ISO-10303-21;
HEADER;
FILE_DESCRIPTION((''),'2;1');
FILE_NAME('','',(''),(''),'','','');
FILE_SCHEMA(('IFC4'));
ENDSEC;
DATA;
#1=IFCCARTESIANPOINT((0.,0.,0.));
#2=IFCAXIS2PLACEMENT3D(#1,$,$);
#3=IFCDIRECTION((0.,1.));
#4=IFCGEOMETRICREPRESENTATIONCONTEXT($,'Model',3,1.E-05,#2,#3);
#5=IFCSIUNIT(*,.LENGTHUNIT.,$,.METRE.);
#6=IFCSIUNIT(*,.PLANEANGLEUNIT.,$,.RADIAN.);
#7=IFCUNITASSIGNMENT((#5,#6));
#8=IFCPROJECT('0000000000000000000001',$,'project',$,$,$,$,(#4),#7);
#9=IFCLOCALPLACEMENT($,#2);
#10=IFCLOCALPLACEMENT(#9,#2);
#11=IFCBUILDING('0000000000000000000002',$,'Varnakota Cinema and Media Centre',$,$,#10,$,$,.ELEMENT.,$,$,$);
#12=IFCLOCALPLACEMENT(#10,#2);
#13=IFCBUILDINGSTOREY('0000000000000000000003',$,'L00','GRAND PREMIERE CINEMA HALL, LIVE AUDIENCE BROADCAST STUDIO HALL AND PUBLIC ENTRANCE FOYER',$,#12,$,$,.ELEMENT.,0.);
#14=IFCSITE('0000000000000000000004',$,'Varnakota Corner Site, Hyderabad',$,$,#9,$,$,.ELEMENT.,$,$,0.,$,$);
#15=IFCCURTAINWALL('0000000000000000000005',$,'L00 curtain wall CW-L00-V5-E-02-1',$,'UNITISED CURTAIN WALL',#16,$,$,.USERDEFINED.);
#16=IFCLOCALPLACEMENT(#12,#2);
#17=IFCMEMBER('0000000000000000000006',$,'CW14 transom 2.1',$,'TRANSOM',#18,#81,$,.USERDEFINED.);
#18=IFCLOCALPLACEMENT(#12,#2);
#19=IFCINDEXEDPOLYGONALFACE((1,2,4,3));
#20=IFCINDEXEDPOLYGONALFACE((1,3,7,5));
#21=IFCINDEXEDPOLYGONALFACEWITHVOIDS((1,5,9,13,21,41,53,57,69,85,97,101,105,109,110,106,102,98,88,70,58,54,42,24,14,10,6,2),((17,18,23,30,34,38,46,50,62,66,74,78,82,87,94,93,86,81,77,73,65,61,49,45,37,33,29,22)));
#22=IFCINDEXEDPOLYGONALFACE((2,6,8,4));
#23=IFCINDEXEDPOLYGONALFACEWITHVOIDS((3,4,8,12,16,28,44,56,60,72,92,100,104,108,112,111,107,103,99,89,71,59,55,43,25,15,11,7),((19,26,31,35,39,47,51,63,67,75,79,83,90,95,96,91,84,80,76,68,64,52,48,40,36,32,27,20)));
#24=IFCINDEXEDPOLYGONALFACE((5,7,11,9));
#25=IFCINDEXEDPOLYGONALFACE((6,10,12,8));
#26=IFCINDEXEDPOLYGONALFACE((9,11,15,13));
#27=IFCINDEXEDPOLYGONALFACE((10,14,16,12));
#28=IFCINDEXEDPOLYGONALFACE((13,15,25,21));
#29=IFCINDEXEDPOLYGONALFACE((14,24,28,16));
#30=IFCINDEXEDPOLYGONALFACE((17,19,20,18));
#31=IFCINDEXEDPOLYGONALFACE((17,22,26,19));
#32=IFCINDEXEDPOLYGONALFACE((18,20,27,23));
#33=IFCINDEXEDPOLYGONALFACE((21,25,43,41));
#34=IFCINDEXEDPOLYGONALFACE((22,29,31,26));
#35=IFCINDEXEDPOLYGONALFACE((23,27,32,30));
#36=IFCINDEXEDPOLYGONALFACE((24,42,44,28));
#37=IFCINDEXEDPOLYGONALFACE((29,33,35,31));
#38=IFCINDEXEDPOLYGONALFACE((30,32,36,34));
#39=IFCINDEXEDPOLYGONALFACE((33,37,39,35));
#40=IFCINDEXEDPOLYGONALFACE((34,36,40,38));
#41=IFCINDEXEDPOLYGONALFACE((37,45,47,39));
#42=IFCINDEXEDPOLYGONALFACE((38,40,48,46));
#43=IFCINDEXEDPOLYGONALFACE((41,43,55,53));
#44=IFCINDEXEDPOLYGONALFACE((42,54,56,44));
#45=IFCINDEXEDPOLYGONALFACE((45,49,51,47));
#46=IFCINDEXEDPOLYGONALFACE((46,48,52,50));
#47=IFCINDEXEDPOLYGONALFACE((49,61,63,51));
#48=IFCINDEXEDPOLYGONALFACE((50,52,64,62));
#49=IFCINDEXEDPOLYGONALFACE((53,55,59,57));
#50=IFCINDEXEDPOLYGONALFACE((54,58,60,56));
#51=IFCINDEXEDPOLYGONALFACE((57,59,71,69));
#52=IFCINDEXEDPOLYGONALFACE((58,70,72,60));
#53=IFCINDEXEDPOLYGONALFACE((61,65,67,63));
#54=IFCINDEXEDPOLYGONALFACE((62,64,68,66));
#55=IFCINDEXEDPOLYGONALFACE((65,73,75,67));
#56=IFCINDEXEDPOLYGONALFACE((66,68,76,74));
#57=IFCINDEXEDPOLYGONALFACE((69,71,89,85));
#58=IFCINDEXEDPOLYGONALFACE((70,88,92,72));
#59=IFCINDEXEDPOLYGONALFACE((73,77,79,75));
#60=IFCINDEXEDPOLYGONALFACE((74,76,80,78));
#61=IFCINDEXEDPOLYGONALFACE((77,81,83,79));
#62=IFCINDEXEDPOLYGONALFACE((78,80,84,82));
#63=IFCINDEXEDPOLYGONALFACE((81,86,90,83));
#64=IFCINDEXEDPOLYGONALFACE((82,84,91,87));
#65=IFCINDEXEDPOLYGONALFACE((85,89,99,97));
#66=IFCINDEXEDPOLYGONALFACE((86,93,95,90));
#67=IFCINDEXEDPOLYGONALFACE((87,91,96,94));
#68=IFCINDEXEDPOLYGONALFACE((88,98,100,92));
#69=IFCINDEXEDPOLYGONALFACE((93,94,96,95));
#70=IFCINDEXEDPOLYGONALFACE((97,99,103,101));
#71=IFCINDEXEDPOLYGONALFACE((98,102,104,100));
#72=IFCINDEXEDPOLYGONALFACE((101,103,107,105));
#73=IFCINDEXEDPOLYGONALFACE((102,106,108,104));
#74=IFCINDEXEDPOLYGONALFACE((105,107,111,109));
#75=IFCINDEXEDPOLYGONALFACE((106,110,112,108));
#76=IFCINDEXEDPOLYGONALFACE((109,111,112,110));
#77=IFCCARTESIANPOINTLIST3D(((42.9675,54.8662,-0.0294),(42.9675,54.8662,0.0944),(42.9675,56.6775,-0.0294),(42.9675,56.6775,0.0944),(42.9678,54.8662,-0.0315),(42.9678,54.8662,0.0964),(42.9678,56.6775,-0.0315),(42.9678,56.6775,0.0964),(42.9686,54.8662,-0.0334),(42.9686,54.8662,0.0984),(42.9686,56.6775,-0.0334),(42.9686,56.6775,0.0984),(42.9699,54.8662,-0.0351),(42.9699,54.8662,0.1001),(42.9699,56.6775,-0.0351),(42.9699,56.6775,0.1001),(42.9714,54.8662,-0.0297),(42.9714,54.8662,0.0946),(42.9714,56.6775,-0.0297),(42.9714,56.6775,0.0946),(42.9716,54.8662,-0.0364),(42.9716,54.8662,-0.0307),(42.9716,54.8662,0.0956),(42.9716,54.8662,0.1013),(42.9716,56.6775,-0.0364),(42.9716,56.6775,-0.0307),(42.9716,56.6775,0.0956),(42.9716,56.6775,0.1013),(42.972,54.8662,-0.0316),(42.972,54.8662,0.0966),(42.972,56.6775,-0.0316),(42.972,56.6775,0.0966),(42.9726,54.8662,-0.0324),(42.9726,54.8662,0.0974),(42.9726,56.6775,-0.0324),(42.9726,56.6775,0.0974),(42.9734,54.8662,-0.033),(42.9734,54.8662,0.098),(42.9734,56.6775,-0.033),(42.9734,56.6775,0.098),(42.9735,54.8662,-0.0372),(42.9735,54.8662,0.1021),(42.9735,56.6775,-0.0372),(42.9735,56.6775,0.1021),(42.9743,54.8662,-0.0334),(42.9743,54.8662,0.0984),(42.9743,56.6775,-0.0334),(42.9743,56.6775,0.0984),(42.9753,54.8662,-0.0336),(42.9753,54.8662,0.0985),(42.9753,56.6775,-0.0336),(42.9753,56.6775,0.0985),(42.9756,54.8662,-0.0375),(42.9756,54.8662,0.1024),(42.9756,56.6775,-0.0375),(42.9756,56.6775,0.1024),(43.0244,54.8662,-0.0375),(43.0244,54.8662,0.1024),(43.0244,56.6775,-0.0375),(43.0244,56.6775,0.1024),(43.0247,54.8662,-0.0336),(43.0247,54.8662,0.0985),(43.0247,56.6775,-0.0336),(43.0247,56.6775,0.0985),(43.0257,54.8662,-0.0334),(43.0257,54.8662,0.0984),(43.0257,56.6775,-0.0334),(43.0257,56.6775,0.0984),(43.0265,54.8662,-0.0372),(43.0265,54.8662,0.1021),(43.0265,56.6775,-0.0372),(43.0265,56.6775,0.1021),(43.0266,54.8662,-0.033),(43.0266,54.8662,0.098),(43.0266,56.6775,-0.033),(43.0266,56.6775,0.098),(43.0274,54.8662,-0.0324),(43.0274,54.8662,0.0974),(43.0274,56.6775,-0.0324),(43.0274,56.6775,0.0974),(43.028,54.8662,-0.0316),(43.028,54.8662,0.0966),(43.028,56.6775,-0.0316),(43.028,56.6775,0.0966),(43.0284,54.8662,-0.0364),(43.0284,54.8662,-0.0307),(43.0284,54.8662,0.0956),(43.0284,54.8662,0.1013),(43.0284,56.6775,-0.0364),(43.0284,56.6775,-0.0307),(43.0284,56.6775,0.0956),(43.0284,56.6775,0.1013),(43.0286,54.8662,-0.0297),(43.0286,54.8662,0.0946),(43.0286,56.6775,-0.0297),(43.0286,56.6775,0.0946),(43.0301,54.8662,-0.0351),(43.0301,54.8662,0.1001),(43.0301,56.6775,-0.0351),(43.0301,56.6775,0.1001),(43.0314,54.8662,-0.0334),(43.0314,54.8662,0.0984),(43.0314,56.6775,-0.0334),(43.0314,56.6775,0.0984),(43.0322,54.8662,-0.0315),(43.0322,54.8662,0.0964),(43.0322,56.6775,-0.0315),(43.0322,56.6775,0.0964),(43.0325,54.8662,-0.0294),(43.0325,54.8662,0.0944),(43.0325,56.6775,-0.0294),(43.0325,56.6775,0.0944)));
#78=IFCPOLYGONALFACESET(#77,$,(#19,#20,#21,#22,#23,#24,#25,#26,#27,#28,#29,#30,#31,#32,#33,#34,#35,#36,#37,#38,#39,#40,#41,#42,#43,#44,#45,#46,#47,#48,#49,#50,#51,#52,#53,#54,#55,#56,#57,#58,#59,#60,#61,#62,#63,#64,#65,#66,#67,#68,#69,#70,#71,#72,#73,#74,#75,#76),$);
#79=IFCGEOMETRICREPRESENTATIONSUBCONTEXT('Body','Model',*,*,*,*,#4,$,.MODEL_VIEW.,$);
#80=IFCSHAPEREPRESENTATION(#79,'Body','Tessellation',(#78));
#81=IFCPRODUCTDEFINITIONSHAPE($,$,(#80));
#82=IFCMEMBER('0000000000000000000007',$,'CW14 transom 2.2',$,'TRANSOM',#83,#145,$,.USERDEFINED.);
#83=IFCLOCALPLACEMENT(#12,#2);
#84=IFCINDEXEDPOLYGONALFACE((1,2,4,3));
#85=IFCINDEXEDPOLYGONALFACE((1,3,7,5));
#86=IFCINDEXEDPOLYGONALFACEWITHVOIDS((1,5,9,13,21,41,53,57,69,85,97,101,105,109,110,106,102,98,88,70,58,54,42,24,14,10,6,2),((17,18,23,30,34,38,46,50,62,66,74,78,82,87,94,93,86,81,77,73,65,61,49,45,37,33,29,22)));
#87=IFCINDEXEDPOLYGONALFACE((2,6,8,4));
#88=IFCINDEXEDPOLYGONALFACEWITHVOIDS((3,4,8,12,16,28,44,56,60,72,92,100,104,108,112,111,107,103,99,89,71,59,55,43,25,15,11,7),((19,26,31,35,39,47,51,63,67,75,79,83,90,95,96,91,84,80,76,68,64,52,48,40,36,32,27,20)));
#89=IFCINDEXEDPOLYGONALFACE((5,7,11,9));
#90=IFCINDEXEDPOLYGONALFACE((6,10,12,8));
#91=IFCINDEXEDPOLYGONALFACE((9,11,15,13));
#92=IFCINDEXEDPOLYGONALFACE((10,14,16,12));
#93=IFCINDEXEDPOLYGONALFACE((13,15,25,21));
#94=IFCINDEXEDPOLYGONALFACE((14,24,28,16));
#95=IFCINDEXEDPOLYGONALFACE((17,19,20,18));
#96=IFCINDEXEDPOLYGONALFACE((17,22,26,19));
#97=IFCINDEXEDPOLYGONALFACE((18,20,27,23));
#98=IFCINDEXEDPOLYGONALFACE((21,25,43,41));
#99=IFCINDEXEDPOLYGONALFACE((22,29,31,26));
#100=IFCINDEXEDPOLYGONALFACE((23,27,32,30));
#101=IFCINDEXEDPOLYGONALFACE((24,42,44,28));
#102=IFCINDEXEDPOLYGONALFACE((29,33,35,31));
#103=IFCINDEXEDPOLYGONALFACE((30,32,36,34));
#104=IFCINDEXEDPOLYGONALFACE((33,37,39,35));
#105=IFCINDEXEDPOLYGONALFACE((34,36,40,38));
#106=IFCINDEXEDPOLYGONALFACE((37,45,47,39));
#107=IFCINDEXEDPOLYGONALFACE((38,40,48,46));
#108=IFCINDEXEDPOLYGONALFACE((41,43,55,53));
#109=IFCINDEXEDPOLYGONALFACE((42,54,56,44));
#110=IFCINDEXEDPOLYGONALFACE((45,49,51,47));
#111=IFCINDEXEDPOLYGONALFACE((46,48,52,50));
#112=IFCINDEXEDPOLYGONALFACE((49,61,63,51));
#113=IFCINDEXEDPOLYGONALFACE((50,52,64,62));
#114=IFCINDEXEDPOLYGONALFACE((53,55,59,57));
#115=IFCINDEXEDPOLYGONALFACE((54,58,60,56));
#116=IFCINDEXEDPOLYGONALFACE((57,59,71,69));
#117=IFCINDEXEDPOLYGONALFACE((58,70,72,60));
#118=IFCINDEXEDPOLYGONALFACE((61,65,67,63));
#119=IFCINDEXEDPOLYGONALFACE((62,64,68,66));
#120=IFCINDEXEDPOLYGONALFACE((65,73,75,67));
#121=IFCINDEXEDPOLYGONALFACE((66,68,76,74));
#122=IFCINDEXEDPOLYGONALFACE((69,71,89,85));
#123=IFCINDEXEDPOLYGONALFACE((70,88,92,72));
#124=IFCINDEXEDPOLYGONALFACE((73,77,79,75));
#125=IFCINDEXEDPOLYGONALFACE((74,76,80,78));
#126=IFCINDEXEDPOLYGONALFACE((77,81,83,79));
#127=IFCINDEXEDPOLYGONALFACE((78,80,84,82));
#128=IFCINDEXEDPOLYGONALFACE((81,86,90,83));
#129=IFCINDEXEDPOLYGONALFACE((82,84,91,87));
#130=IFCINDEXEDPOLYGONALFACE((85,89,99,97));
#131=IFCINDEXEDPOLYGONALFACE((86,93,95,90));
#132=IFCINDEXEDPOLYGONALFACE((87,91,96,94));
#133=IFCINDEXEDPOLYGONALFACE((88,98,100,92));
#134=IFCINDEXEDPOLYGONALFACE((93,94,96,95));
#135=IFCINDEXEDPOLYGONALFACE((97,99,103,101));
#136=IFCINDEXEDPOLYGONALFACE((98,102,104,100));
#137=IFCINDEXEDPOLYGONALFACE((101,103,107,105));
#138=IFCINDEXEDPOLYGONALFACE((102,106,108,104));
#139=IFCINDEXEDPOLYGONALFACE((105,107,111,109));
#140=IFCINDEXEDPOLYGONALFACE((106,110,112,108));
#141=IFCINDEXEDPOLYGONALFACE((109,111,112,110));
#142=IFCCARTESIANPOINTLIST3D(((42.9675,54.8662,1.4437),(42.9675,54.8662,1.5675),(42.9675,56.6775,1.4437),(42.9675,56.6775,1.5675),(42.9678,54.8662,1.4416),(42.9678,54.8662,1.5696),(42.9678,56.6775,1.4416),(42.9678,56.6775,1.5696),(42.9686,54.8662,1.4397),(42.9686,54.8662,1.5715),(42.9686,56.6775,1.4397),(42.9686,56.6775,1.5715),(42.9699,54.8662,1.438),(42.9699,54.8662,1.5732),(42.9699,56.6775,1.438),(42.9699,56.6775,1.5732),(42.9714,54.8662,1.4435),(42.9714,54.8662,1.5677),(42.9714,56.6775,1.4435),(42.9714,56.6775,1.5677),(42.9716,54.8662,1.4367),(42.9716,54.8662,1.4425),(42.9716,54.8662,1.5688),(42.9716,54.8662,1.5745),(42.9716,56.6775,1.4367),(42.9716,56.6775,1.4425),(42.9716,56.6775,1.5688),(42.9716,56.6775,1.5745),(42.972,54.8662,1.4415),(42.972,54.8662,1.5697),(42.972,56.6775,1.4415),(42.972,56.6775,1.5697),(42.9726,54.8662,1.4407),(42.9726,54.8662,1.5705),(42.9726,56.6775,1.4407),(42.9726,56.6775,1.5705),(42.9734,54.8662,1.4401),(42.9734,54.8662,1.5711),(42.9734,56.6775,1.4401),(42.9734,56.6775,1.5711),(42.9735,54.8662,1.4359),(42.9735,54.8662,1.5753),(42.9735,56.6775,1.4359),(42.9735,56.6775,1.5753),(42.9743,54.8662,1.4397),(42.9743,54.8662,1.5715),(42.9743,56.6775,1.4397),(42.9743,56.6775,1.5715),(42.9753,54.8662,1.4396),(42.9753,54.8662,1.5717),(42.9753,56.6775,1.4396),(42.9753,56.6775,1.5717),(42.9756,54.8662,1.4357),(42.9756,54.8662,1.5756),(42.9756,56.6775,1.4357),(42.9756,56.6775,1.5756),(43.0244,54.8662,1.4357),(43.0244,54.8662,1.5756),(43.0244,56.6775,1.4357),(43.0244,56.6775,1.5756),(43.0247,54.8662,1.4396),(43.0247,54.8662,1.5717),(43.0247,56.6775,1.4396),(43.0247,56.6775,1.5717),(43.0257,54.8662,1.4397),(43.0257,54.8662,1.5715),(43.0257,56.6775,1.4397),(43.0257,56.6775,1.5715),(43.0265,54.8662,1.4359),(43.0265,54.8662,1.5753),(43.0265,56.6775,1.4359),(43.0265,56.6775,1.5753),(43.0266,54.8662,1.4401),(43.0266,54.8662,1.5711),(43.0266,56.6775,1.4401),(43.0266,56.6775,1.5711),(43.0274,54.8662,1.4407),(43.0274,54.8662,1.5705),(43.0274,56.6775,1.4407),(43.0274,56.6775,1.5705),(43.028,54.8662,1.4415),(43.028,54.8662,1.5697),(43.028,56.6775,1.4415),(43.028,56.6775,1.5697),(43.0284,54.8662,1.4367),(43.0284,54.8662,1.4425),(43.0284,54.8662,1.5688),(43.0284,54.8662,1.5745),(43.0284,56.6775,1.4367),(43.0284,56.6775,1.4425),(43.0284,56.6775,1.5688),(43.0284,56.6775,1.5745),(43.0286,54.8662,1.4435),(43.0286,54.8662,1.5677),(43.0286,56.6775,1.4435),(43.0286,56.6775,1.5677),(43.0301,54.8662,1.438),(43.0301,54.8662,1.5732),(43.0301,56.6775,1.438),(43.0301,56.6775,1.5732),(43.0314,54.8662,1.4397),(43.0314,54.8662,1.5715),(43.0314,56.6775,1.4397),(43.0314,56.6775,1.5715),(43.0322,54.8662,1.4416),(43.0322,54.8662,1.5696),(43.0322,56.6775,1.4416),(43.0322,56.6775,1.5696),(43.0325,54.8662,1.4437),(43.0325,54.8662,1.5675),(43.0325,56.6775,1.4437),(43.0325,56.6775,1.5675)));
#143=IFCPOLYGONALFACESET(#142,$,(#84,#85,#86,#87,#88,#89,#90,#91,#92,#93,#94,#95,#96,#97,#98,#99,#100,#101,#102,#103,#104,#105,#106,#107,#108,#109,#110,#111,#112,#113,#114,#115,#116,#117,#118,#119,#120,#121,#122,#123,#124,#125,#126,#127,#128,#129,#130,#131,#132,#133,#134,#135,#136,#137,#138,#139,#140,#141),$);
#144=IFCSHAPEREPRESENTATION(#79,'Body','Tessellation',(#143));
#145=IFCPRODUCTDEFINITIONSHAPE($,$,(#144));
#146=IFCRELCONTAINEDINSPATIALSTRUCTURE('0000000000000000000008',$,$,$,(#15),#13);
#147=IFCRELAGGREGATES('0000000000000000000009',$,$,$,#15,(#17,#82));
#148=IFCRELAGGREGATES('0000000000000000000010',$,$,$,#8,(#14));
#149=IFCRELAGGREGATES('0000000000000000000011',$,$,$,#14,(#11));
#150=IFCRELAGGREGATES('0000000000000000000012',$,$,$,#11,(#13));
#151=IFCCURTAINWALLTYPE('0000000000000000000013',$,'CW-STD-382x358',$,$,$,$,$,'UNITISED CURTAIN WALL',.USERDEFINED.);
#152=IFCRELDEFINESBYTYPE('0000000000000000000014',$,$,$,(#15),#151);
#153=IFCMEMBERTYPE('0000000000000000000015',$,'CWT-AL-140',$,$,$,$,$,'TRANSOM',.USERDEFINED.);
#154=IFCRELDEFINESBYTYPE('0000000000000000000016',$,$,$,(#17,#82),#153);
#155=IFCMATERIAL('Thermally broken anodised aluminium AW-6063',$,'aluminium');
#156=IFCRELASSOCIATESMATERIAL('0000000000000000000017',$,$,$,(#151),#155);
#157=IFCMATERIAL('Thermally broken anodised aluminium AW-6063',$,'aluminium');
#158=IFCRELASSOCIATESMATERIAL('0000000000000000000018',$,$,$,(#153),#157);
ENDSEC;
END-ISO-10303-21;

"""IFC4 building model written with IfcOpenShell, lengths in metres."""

from ifc_helpers import new_model, si_unit, direction, frame, origin, origin_2d, place, context, subcontext, project, spatial, hollow_rectangle, extrude, material, material_profile, profile_set, type_object, element, aggregate, save


model = new_model("IFC4")

# Units and contexts
model_context = context("Model", 3, precision=1e-05, world=origin(), true_north=direction((0.0, 1.0)))
body_context = subcontext(model_context, "Body", "Model", "MODEL_VIEW")
ifc_project = project(units=[si_unit("LENGTHUNIT", "METRE"), si_unit("PLANEANGLEUNIT", "RADIAN")], contexts=[model_context])

# Site, building, storey
site_placement = place(None, origin())
site = spatial("IfcSite", under=ifc_project, at=site_placement, Name="Varnakota Corner Site, Hyderabad", CompositionType="ELEMENT", RefElevation=0.0)
building_placement = place(site_placement, origin())
building = spatial("IfcBuilding", under=site, at=building_placement, Name="Varnakota Cinema and Media Centre", CompositionType="ELEMENT")
storey_placement = place(building_placement, origin())
storey = spatial("IfcBuildingStorey", under=building, at=storey_placement, Name="L00", Description="GRAND PREMIERE CINEMA HALL, LIVE AUDIENCE BROADCAST STUDIO HALL AND PUBLIC ENTRANCE FOYER", CompositionType="ELEMENT", Elevation=0.0)

# Curtain wall
ifc_material_1 = material(Name="Thermally broken anodised aluminium AW-6063", Category="aluminium")
curtain_wall_type_1 = type_object("IfcCurtainWallType", Name="CW-STD-382x358", ElementType="UNITISED CURTAIN WALL", PredefinedType="USERDEFINED", material=ifc_material_1)
curtain_wall_1_placement = place(storey_placement, origin())
curtain_wall_1 = element("IfcCurtainWall", 1, at=curtain_wall_1_placement, inside=storey, type_object=curtain_wall_type_1, Name="L00 curtain wall CW-L00-V5-E-02-1", ObjectType="UNITISED CURTAIN WALL", PredefinedType="USERDEFINED")

# Members
ifc_material_2 = material(Name="Thermally broken anodised aluminium AW-6063", Category="aluminium")
ifc_material_profile_1 = material_profile(ifc_material_2, hollow_rectangle(XDim=0.0649, YDim=0.1399, WallThickness=0.0039, InnerFilletRadius=0.0039, OuterFilletRadius=0.0081, at=origin_2d()), Name="AL-TRANSOM 140x65x4")
ifc_profile_set_1 = profile_set([ifc_material_profile_1], Name="Thermally broken anodised aluminium AW-6063")
member_type_1 = type_object("IfcMemberType", Name="CWT-AL-140", ElementType="TRANSOM", PredefinedType="USERDEFINED", material=ifc_profile_set_1)
member_1_placement = place(storey_placement, frame((43.0, 54.8662, 0.0325), z_axis=(0.0, 1.0, 0.0), x_axis=(-1.0, 0.0, 0.0)))
member_1 = element("IfcMember", 2, at=member_1_placement, type_object=member_type_1, Name="CW14 transom 2.1", ObjectType="TRANSOM", PredefinedType="USERDEFINED", context=body_context, shape_type="SweptSolid", body=[
    extrude(hollow_rectangle(XDim=0.0649, YDim=0.1399, WallThickness=0.0039, InnerFilletRadius=0.0039, OuterFilletRadius=0.0081, at=origin_2d()), origin(), (0.0, 0.0, 1.0), 1.8113),
])
member_2_placement = place(storey_placement, frame((43.0, 54.8662, 1.5056), z_axis=(0.0, 1.0, 0.0), x_axis=(-1.0, 0.0, 0.0)))
member_2 = element("IfcMember", 3, at=member_2_placement, type_object=member_type_1, Name="CW14 transom 2.2", ObjectType="TRANSOM", PredefinedType="USERDEFINED", context=body_context, shape_type="SweptSolid", body=[
    extrude(hollow_rectangle(XDim=0.0649, YDim=0.1399, WallThickness=0.0039, InnerFilletRadius=0.0039, OuterFilletRadius=0.0081, at=origin_2d()), origin(), (0.0, 0.0, 1.0), 1.8113),
])
aggregate(curtain_wall_1, [member_1, member_2])

save(model, "model.ifc")
